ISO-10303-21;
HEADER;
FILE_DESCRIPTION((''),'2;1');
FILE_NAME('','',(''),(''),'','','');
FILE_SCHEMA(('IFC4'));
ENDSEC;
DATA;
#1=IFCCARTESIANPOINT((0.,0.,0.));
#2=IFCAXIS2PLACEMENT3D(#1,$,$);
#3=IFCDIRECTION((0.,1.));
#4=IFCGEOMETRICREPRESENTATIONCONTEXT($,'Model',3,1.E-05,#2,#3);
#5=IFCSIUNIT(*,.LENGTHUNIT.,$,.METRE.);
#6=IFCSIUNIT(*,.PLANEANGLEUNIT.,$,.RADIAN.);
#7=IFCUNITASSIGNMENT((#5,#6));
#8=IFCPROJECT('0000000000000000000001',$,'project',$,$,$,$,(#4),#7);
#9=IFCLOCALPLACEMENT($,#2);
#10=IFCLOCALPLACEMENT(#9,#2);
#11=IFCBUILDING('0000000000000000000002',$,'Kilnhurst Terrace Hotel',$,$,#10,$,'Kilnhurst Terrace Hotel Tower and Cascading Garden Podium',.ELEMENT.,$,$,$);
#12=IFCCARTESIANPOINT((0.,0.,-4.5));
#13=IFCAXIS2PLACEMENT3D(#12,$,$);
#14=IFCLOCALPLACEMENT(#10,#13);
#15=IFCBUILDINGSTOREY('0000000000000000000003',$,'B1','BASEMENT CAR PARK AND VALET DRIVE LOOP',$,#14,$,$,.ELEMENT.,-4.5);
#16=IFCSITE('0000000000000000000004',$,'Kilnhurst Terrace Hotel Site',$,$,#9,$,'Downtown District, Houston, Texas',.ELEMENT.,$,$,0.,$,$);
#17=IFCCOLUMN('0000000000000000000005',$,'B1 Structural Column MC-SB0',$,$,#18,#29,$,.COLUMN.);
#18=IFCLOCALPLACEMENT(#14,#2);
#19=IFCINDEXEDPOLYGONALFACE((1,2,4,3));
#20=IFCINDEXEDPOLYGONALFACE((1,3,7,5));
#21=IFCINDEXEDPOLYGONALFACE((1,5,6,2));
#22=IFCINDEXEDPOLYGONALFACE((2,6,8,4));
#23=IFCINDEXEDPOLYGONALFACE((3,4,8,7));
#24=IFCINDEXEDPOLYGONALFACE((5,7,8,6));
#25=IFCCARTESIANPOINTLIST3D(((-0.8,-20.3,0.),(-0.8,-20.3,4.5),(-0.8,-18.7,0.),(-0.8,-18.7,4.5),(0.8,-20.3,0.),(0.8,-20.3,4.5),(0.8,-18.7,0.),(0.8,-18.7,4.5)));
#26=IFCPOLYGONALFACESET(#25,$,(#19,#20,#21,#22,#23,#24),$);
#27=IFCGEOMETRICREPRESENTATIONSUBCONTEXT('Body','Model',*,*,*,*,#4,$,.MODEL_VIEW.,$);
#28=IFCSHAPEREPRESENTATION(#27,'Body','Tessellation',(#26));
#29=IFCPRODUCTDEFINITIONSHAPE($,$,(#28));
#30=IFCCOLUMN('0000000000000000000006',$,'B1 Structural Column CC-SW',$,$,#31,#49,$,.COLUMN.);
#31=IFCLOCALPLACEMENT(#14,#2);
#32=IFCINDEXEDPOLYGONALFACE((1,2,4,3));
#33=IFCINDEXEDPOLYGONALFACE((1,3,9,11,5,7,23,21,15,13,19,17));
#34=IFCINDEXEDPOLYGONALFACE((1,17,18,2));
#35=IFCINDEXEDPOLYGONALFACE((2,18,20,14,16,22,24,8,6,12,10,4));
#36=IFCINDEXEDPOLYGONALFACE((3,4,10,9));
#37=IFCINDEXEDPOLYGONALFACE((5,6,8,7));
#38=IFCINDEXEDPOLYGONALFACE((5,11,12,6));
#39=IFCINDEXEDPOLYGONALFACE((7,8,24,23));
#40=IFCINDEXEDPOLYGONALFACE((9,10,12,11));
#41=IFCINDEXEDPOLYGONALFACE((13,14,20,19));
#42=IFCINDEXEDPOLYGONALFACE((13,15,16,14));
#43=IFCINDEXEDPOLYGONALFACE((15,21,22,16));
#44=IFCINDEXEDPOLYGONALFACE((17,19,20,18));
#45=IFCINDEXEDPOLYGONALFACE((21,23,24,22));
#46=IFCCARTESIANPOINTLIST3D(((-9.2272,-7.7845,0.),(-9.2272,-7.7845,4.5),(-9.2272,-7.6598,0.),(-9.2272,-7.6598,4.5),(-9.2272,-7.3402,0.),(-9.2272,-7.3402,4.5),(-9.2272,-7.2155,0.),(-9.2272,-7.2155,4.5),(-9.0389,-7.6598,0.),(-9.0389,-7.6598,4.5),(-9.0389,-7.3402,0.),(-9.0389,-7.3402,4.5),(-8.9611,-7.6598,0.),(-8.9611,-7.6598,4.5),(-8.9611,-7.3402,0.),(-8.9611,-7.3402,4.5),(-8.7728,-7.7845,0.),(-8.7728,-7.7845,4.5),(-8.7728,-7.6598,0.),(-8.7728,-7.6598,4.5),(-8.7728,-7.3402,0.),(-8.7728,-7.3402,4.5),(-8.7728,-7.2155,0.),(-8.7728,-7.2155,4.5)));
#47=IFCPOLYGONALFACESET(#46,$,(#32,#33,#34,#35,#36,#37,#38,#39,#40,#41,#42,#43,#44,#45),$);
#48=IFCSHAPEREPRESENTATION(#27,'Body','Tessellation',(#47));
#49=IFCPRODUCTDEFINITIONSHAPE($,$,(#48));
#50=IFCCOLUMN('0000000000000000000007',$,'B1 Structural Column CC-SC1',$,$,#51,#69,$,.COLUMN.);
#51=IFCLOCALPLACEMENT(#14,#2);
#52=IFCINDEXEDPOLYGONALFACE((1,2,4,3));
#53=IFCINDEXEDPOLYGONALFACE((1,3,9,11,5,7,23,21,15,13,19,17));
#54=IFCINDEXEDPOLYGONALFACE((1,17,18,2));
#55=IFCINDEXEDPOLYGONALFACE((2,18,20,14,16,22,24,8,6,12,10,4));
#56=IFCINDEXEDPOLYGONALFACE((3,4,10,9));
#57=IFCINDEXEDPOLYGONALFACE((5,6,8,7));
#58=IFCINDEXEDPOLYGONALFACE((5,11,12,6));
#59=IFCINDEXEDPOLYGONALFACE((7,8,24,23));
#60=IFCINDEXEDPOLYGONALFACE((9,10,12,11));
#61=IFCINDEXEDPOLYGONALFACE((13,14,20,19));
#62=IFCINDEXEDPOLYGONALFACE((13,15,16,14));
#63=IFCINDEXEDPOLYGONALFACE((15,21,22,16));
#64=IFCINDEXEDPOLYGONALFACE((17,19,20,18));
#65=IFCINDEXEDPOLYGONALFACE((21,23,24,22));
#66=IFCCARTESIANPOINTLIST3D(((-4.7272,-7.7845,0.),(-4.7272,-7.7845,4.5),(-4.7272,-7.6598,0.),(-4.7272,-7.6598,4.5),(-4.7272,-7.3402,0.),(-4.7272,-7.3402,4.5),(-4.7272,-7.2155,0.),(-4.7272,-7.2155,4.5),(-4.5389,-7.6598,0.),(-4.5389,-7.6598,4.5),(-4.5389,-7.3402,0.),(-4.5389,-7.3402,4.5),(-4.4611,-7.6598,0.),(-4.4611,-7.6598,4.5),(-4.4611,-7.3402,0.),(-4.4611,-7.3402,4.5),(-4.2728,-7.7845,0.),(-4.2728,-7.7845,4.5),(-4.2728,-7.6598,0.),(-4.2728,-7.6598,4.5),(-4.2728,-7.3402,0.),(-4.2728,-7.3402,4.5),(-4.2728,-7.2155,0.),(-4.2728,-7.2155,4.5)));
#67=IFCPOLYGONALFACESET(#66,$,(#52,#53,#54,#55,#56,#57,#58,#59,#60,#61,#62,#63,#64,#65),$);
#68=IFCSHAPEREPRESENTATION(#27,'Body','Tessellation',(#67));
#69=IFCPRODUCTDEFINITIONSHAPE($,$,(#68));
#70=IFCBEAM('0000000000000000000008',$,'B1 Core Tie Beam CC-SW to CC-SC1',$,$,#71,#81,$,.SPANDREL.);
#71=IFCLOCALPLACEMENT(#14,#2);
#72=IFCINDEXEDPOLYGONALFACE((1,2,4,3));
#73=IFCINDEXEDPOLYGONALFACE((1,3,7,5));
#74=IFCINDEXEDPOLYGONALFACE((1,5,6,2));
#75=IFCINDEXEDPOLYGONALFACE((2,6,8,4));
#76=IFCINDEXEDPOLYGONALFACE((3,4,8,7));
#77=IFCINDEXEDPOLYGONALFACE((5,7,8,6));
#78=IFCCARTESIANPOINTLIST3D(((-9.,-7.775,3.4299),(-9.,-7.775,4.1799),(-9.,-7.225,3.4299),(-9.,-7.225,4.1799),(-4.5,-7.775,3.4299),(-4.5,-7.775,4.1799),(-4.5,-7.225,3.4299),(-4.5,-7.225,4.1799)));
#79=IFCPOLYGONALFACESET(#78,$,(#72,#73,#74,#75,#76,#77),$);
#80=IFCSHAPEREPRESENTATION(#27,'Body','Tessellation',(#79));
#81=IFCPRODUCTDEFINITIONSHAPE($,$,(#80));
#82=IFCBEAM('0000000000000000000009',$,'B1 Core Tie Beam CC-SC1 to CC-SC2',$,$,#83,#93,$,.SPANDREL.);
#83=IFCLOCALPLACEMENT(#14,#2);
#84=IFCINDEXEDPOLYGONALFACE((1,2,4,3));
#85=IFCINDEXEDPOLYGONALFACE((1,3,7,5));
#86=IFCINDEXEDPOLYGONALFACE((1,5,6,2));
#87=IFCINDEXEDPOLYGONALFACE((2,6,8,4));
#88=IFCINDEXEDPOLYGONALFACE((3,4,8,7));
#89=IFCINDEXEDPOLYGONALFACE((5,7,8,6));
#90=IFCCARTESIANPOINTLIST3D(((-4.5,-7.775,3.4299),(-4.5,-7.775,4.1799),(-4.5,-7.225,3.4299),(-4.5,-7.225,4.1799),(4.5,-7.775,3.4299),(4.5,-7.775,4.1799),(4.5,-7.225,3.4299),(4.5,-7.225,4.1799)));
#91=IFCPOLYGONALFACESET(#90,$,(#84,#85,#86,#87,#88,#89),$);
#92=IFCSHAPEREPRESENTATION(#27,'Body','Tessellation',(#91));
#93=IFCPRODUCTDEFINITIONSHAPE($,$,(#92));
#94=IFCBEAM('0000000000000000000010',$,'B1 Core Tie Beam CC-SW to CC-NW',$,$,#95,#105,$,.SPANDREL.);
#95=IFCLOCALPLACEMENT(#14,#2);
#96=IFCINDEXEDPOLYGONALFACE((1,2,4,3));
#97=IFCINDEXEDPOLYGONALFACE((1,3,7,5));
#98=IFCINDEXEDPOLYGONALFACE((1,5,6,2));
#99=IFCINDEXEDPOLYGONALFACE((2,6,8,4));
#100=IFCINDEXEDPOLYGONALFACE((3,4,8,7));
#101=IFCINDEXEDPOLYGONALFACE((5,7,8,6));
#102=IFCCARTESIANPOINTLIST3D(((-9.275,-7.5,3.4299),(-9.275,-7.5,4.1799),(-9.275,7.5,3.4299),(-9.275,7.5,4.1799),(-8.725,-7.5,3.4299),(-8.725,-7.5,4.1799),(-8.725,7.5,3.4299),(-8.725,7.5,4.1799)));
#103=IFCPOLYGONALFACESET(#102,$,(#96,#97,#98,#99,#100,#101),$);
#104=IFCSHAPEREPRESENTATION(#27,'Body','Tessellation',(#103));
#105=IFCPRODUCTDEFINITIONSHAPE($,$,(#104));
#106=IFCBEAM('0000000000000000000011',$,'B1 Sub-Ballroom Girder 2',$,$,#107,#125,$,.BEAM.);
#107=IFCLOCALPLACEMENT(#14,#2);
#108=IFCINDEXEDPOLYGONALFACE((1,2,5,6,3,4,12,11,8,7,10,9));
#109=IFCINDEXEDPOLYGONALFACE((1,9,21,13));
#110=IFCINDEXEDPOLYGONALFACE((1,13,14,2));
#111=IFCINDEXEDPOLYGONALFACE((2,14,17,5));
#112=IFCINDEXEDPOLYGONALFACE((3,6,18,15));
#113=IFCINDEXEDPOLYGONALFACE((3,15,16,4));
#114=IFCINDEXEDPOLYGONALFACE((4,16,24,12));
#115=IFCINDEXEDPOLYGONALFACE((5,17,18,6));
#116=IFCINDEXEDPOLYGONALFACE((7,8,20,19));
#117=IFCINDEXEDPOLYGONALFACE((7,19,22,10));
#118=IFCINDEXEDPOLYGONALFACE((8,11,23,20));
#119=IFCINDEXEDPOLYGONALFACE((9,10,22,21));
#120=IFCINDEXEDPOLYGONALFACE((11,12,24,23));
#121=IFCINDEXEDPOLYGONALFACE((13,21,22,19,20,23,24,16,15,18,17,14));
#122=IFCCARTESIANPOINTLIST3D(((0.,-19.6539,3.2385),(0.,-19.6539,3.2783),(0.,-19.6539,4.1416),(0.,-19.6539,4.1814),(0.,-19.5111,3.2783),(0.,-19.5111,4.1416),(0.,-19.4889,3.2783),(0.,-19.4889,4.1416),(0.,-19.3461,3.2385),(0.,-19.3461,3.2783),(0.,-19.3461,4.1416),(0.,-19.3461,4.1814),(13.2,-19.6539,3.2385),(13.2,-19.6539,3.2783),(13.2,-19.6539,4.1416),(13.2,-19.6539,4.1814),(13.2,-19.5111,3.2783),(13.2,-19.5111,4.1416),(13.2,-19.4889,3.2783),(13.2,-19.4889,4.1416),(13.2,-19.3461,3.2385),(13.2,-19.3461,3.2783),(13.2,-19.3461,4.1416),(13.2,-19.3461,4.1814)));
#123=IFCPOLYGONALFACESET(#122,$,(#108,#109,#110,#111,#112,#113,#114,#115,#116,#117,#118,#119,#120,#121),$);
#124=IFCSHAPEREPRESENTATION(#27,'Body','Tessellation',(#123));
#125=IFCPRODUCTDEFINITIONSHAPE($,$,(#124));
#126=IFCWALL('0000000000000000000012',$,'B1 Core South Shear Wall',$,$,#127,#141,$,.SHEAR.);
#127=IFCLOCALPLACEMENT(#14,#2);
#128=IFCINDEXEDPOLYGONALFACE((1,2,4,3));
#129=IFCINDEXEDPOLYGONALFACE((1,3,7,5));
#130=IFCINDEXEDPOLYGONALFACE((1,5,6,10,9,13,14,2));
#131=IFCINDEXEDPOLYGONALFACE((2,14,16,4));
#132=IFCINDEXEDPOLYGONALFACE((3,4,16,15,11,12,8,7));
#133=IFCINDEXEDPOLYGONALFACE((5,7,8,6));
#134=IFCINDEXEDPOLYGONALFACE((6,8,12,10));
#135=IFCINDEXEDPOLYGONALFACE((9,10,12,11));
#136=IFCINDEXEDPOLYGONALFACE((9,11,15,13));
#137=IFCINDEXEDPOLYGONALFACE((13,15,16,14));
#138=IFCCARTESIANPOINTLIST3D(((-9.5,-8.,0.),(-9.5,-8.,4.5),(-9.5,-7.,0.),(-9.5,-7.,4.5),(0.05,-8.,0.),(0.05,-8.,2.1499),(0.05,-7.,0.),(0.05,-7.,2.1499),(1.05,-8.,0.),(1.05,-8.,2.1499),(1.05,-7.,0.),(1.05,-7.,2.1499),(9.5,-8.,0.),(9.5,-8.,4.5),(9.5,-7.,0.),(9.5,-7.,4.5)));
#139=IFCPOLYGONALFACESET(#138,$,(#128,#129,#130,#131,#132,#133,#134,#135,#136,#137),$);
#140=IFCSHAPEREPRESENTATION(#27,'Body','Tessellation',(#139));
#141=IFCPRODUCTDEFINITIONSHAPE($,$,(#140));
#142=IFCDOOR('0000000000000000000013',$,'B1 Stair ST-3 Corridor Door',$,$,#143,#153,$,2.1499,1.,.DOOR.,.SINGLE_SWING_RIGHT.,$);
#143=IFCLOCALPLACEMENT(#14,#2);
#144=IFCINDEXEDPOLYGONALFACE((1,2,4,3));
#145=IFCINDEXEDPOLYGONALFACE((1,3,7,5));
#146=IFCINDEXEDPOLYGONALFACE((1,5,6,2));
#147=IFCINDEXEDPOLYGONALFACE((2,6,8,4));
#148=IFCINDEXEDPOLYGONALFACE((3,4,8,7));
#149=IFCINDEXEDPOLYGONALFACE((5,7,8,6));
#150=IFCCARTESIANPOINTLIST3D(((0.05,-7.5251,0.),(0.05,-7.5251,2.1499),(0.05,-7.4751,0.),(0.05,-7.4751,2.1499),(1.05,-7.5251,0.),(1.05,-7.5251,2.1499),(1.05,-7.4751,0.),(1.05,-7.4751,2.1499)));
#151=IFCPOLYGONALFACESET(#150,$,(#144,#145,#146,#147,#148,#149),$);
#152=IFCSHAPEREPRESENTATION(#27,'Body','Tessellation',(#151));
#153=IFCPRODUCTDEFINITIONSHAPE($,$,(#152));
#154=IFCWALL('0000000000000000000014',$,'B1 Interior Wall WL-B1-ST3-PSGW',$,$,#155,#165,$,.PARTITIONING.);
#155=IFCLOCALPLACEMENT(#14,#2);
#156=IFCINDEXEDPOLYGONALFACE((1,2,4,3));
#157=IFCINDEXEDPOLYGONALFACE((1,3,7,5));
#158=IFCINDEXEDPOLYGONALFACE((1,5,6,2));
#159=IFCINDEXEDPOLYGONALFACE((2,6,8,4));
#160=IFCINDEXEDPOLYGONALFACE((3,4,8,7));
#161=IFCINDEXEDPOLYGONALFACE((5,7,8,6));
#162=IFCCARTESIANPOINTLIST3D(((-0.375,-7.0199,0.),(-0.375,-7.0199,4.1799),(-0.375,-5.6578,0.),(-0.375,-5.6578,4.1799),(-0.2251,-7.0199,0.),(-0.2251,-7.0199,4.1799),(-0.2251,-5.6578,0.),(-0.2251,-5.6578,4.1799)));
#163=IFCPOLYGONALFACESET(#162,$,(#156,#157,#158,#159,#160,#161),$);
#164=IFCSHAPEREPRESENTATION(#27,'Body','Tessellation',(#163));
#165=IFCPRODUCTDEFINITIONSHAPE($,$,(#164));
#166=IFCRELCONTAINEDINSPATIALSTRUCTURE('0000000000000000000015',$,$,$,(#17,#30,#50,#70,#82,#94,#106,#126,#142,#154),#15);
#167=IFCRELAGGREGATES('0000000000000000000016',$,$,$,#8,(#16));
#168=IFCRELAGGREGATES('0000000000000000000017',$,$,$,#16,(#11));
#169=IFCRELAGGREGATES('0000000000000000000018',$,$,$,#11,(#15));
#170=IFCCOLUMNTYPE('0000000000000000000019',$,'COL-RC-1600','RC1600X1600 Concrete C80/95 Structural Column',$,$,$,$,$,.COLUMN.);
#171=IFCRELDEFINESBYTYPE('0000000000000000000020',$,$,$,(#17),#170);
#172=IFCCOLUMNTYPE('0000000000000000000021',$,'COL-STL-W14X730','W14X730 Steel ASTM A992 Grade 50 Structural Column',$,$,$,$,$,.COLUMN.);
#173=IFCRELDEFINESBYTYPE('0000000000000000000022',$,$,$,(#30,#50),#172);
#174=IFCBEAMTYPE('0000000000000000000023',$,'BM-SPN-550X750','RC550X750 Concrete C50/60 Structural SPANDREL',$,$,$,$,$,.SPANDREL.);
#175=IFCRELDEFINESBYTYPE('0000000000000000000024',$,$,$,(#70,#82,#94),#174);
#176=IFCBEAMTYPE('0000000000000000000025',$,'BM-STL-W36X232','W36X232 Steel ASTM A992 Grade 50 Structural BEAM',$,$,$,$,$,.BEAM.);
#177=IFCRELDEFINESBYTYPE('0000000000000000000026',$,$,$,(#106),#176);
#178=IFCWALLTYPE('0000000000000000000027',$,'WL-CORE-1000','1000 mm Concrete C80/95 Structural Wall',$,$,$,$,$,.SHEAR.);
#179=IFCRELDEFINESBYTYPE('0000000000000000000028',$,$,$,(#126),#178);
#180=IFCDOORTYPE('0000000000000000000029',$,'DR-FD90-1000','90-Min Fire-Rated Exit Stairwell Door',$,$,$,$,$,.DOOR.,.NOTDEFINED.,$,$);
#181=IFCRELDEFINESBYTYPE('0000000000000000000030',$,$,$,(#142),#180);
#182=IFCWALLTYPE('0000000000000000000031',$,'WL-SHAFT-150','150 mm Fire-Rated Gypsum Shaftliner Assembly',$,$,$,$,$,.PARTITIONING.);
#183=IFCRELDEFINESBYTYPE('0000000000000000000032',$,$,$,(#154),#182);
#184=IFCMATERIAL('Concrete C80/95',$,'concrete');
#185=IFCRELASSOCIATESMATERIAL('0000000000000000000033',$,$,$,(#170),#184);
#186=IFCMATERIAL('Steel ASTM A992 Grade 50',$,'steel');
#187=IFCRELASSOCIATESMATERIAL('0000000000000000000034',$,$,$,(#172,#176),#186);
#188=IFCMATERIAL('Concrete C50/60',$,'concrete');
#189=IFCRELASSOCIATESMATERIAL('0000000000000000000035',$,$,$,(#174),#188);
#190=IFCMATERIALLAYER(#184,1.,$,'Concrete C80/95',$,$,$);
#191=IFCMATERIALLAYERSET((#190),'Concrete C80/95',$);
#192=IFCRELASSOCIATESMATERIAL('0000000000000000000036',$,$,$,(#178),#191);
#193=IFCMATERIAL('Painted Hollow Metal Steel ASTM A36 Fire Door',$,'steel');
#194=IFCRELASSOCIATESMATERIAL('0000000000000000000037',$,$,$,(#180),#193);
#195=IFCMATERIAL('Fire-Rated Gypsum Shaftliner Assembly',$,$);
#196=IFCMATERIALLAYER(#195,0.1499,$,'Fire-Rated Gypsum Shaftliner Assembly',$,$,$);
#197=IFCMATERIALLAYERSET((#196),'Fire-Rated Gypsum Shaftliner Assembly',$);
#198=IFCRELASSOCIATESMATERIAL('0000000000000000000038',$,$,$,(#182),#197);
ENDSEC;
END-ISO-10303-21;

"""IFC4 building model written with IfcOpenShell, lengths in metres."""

from ifc_helpers import new_model, si_unit, direction, frame, frame_2d, origin, origin_2d, place, context, subcontext, project, spatial, rectangle, i_section, extrude, material, layer, layer_set, material_profile, profile_set, type_object, element, fill, save


model = new_model("IFC4")

# Units and contexts
model_context = context("Model", 3, precision=1e-05, world=origin(), true_north=direction((0.0, 1.0)))
body_context = subcontext(model_context, "Body", "Model", "MODEL_VIEW")
ifc_project = project(units=[si_unit("LENGTHUNIT", "METRE"), si_unit("PLANEANGLEUNIT", "RADIAN")], contexts=[model_context])

# Site, building, storey
site_placement = place(None, origin())
site = spatial("IfcSite", under=ifc_project, at=site_placement, Name="Kilnhurst Terrace Hotel Site", LongName="Downtown District, Houston, Texas", CompositionType="ELEMENT", RefElevation=0.0)
building_placement = place(site_placement, origin())
building = spatial("IfcBuilding", under=site, at=building_placement, Name="Kilnhurst Terrace Hotel", LongName="Kilnhurst Terrace Hotel Tower and Cascading Garden Podium", CompositionType="ELEMENT")
storey_placement = place(building_placement, frame((0.0, 0.0, -4.5)))
storey = spatial("IfcBuildingStorey", under=building, at=storey_placement, Name="B1", Description="BASEMENT CAR PARK AND VALET DRIVE LOOP", CompositionType="ELEMENT", Elevation=-4.5)

# Columns
ifc_material_1 = material(Name="Concrete C80/95", Category="concrete")
ifc_material_profile_1 = material_profile(ifc_material_1, rectangle(XDim=1.6001, YDim=1.6001, at=origin_2d()), Name="RC1600X1600")
ifc_profile_set_1 = profile_set([ifc_material_profile_1], Name="Concrete C80/95")
column_type_1 = type_object("IfcColumnType", Name="COL-RC-1600", Description="RC1600X1600 Concrete C80/95 Structural Column", PredefinedType="COLUMN", material=ifc_profile_set_1)
column_placement = place(storey_placement, frame((0.0, -19.5, 0.0), z_axis=(0.0, 0.0, 1.0), x_axis=(1.0, 0.0, 0.0)))
element("IfcColumn", 1, at=column_placement, inside=storey, type_object=column_type_1, Name="B1 Structural Column MC-SB0", PredefinedType="COLUMN", context=body_context, shape_type="SweptSolid", body=[
    extrude(rectangle(XDim=1.6001, YDim=1.6001, at=origin_2d()), origin(), (0.0, 0.0, 1.0), 4.5),
])
ifc_material_2 = material(Name="Steel ASTM A992 Grade 50", Category="steel")
ifc_material_profile_2 = material_profile(ifc_material_2, i_section(OverallWidth=0.4543, OverallDepth=0.5691, WebThickness=0.0779, FlangeThickness=0.1248, at=origin_2d()), Name="W14X730")
ifc_profile_set_2 = profile_set([ifc_material_profile_2], Name="Steel ASTM A992 Grade 50")
column_type_2 = type_object("IfcColumnType", Name="COL-STL-W14X730", Description="W14X730 Steel ASTM A992 Grade 50 Structural Column", PredefinedType="COLUMN", material=ifc_profile_set_2)
for number, where, z_axis, x_axis, name in (
    (2, (-9.0, -7.5, 0.0), (0.0, 0.0, 1.0), (1.0, 0.0, 0.0), "B1 Structural Column CC-SW"),
    (3, (-4.5, -7.5, 0.0), (0.0, 0.0, 1.0), (1.0, 0.0, 0.0), "B1 Structural Column CC-SC1"),
):
    element("IfcColumn", number, at=place(storey_placement, frame(where, z_axis=z_axis, x_axis=x_axis)), inside=storey, type_object=column_type_2, Name=name, PredefinedType="COLUMN", context=body_context, shape_type="SweptSolid", body=[
        extrude(i_section(OverallWidth=0.4543, OverallDepth=0.5691, WebThickness=0.0779, FlangeThickness=0.1248, at=origin_2d()), origin(), (0.0, 0.0, 1.0), 4.5),
    ])

# Beams
ifc_material_3 = material(Name="Concrete C50/60", Category="concrete")
ifc_material_profile_3 = material_profile(ifc_material_3, rectangle(XDim=0.55, YDim=0.75, at=origin_2d()), Name="RC550X750")
ifc_profile_set_3 = profile_set([ifc_material_profile_3], Name="Concrete C50/60")
beam_type_1 = type_object("IfcBeamType", Name="BM-SPN-550X750", Description="RC550X750 Concrete C50/60 Structural SPANDREL", PredefinedType="SPANDREL", material=ifc_profile_set_3)
beam_1_placement = place(storey_placement, frame((-9.0, -7.5, 3.8049), z_axis=(1.0, 0.0, 0.0), x_axis=(0.0, 1.0, 0.0)))
element("IfcBeam", 4, at=beam_1_placement, inside=storey, type_object=beam_type_1, Name="B1 Core Tie Beam CC-SW to CC-SC1", PredefinedType="SPANDREL", context=body_context, shape_type="SweptSolid", body=[
    extrude(rectangle(XDim=0.55, YDim=0.75, at=origin_2d()), origin(), (0.0, 0.0, 1.0), 4.5),
])
beam_2_placement = place(storey_placement, frame((-4.5, -7.5, 3.8049), z_axis=(1.0, 0.0, 0.0), x_axis=(0.0, 1.0, 0.0)))
element("IfcBeam", 5, at=beam_2_placement, inside=storey, type_object=beam_type_1, Name="B1 Core Tie Beam CC-SC1 to CC-SC2", PredefinedType="SPANDREL", context=body_context, shape_type="SweptSolid", body=[
    extrude(rectangle(XDim=0.55, YDim=0.75, at=origin_2d()), origin(), (0.0, 0.0, 1.0), 9.0),
])
beam_3_placement = place(storey_placement, frame((-9.0, -7.5, 3.8049), z_axis=(0.0, 1.0, 0.0), x_axis=(-1.0, 0.0, 0.0)))
element("IfcBeam", 6, at=beam_3_placement, inside=storey, type_object=beam_type_1, Name="B1 Core Tie Beam CC-SW to CC-NW", PredefinedType="SPANDREL", context=body_context, shape_type="SweptSolid", body=[
    extrude(rectangle(XDim=0.55, YDim=0.75, at=origin_2d()), origin(), (0.0, 0.0, 1.0), 15.0),
])
ifc_material_profile_4 = material_profile(ifc_material_2, i_section(OverallWidth=0.3079, OverallDepth=0.9429, WebThickness=0.0222, FlangeThickness=0.0398, at=origin_2d()), Name="W36X232")
ifc_profile_set_4 = profile_set([ifc_material_profile_4], Name="Steel ASTM A992 Grade 50")
beam_type_2 = type_object("IfcBeamType", Name="BM-STL-W36X232", Description="W36X232 Steel ASTM A992 Grade 50 Structural BEAM", PredefinedType="BEAM", material=ifc_profile_set_4)
beam_4_placement = place(storey_placement, frame((0.0, -19.5, 3.71), z_axis=(1.0, 0.0, 0.0), x_axis=(0.0, 1.0, 0.0)))
element("IfcBeam", 7, at=beam_4_placement, inside=storey, type_object=beam_type_2, Name="B1 Sub-Ballroom Girder 2", PredefinedType="BEAM", context=body_context, shape_type="SweptSolid", body=[
    extrude(i_section(OverallWidth=0.3079, OverallDepth=0.9429, WebThickness=0.0222, FlangeThickness=0.0398, at=origin_2d()), origin(), (0.0, 0.0, 1.0), 13.2),
])

# Wall, opening, door
ifc_layer_1 = layer(ifc_material_1, 1.0, Name="Concrete C80/95")
ifc_layer_set_1 = layer_set([ifc_layer_1], Name="Concrete C80/95")
wall_type_1 = type_object("IfcWallType", Name="WL-CORE-1000", Description="1000 mm Concrete C80/95 Structural Wall", PredefinedType="SHEAR", material=ifc_layer_set_1)
wall_1_placement = place(storey_placement, frame((-9.5, -7.5, 0.0), z_axis=(0.0, 0.0, 1.0), x_axis=(1.0, 0.0, 0.0)))
wall_1 = element("IfcWall", 8, at=wall_1_placement, inside=storey, type_object=wall_type_1, Name="B1 Core South Shear Wall", PredefinedType="SHEAR", context=body_context, shape_type="SweptSolid", body=[
    extrude(rectangle(XDim=19.0, YDim=1.0, at=frame_2d((9.5, 0.0))), origin(), (0.0, 0.0, 1.0), 4.5),
])
opening_1_placement = place(wall_1_placement, frame((9.55, 0.0, 0.0)))
opening_1 = element("IfcOpeningElement", 9, at=opening_1_placement, cuts=wall_1, PredefinedType="OPENING", context=body_context, shape_type="SweptSolid", body=[
    extrude(rectangle(XDim=1.0, YDim=2.1499, at=frame_2d((0.5, 1.075))), frame((0.0, 0.51, 0.0), z_axis=(0.0, -1.0, 0.0), x_axis=(1.0, 0.0, 0.0)), (0.0, 0.0, 1.0), 1.02),
])
ifc_material_4 = material(Name="Painted Hollow Metal Steel ASTM A36 Fire Door", Category="steel")
door_type_1 = type_object("IfcDoorType", Name="DR-FD90-1000", Description="90-Min Fire-Rated Exit Stairwell Door", OperationType="NOTDEFINED", PredefinedType="DOOR", material=ifc_material_4)
door_1_placement = place(opening_1_placement, origin())
door_1 = element("IfcDoor", 10, at=door_1_placement, inside=storey, type_object=door_type_1, Name="B1 Stair ST-3 Corridor Door", OperationType="SINGLE_SWING_RIGHT", OverallHeight=2.1499, OverallWidth=1.0, PredefinedType="DOOR", context=body_context, shape_type="SweptSolid", body=[
    extrude(rectangle(XDim=1.0, YDim=2.1499, at=frame_2d((0.5, 1.075))), frame((0.0, 0.0249, 0.0), z_axis=(0.0, -1.0, 0.0), x_axis=(1.0, 0.0, 0.0)), (0.0, 0.0, 1.0), 0.05),
])
fill(opening_1, door_1)

# Wall
ifc_material_5 = material(Name="Fire-Rated Gypsum Shaftliner Assembly")
ifc_layer_2 = layer(ifc_material_5, 0.1499, Name="Fire-Rated Gypsum Shaftliner Assembly")
ifc_layer_set_2 = layer_set([ifc_layer_2], Name="Fire-Rated Gypsum Shaftliner Assembly")
wall_type_2 = type_object("IfcWallType", Name="WL-SHAFT-150", Description="150 mm Fire-Rated Gypsum Shaftliner Assembly", PredefinedType="PARTITIONING", material=ifc_layer_set_2)
wall_2_placement = place(storey_placement, frame((-0.3, -7.02, 0.0), z_axis=(0.0, 0.0, 1.0), x_axis=(0.0, 1.0, 0.0)))
element("IfcWall", 11, at=wall_2_placement, inside=storey, type_object=wall_type_2, Name="B1 Interior Wall WL-B1-ST3-PSGW", PredefinedType="PARTITIONING", context=body_context, shape_type="SweptSolid", body=[
    extrude(rectangle(XDim=1.3621, YDim=0.1499, at=frame_2d((0.6812, 0.0))), origin(), (0.0, 0.0, 1.0), 4.1799),
])

save(model, "model.ifc")
